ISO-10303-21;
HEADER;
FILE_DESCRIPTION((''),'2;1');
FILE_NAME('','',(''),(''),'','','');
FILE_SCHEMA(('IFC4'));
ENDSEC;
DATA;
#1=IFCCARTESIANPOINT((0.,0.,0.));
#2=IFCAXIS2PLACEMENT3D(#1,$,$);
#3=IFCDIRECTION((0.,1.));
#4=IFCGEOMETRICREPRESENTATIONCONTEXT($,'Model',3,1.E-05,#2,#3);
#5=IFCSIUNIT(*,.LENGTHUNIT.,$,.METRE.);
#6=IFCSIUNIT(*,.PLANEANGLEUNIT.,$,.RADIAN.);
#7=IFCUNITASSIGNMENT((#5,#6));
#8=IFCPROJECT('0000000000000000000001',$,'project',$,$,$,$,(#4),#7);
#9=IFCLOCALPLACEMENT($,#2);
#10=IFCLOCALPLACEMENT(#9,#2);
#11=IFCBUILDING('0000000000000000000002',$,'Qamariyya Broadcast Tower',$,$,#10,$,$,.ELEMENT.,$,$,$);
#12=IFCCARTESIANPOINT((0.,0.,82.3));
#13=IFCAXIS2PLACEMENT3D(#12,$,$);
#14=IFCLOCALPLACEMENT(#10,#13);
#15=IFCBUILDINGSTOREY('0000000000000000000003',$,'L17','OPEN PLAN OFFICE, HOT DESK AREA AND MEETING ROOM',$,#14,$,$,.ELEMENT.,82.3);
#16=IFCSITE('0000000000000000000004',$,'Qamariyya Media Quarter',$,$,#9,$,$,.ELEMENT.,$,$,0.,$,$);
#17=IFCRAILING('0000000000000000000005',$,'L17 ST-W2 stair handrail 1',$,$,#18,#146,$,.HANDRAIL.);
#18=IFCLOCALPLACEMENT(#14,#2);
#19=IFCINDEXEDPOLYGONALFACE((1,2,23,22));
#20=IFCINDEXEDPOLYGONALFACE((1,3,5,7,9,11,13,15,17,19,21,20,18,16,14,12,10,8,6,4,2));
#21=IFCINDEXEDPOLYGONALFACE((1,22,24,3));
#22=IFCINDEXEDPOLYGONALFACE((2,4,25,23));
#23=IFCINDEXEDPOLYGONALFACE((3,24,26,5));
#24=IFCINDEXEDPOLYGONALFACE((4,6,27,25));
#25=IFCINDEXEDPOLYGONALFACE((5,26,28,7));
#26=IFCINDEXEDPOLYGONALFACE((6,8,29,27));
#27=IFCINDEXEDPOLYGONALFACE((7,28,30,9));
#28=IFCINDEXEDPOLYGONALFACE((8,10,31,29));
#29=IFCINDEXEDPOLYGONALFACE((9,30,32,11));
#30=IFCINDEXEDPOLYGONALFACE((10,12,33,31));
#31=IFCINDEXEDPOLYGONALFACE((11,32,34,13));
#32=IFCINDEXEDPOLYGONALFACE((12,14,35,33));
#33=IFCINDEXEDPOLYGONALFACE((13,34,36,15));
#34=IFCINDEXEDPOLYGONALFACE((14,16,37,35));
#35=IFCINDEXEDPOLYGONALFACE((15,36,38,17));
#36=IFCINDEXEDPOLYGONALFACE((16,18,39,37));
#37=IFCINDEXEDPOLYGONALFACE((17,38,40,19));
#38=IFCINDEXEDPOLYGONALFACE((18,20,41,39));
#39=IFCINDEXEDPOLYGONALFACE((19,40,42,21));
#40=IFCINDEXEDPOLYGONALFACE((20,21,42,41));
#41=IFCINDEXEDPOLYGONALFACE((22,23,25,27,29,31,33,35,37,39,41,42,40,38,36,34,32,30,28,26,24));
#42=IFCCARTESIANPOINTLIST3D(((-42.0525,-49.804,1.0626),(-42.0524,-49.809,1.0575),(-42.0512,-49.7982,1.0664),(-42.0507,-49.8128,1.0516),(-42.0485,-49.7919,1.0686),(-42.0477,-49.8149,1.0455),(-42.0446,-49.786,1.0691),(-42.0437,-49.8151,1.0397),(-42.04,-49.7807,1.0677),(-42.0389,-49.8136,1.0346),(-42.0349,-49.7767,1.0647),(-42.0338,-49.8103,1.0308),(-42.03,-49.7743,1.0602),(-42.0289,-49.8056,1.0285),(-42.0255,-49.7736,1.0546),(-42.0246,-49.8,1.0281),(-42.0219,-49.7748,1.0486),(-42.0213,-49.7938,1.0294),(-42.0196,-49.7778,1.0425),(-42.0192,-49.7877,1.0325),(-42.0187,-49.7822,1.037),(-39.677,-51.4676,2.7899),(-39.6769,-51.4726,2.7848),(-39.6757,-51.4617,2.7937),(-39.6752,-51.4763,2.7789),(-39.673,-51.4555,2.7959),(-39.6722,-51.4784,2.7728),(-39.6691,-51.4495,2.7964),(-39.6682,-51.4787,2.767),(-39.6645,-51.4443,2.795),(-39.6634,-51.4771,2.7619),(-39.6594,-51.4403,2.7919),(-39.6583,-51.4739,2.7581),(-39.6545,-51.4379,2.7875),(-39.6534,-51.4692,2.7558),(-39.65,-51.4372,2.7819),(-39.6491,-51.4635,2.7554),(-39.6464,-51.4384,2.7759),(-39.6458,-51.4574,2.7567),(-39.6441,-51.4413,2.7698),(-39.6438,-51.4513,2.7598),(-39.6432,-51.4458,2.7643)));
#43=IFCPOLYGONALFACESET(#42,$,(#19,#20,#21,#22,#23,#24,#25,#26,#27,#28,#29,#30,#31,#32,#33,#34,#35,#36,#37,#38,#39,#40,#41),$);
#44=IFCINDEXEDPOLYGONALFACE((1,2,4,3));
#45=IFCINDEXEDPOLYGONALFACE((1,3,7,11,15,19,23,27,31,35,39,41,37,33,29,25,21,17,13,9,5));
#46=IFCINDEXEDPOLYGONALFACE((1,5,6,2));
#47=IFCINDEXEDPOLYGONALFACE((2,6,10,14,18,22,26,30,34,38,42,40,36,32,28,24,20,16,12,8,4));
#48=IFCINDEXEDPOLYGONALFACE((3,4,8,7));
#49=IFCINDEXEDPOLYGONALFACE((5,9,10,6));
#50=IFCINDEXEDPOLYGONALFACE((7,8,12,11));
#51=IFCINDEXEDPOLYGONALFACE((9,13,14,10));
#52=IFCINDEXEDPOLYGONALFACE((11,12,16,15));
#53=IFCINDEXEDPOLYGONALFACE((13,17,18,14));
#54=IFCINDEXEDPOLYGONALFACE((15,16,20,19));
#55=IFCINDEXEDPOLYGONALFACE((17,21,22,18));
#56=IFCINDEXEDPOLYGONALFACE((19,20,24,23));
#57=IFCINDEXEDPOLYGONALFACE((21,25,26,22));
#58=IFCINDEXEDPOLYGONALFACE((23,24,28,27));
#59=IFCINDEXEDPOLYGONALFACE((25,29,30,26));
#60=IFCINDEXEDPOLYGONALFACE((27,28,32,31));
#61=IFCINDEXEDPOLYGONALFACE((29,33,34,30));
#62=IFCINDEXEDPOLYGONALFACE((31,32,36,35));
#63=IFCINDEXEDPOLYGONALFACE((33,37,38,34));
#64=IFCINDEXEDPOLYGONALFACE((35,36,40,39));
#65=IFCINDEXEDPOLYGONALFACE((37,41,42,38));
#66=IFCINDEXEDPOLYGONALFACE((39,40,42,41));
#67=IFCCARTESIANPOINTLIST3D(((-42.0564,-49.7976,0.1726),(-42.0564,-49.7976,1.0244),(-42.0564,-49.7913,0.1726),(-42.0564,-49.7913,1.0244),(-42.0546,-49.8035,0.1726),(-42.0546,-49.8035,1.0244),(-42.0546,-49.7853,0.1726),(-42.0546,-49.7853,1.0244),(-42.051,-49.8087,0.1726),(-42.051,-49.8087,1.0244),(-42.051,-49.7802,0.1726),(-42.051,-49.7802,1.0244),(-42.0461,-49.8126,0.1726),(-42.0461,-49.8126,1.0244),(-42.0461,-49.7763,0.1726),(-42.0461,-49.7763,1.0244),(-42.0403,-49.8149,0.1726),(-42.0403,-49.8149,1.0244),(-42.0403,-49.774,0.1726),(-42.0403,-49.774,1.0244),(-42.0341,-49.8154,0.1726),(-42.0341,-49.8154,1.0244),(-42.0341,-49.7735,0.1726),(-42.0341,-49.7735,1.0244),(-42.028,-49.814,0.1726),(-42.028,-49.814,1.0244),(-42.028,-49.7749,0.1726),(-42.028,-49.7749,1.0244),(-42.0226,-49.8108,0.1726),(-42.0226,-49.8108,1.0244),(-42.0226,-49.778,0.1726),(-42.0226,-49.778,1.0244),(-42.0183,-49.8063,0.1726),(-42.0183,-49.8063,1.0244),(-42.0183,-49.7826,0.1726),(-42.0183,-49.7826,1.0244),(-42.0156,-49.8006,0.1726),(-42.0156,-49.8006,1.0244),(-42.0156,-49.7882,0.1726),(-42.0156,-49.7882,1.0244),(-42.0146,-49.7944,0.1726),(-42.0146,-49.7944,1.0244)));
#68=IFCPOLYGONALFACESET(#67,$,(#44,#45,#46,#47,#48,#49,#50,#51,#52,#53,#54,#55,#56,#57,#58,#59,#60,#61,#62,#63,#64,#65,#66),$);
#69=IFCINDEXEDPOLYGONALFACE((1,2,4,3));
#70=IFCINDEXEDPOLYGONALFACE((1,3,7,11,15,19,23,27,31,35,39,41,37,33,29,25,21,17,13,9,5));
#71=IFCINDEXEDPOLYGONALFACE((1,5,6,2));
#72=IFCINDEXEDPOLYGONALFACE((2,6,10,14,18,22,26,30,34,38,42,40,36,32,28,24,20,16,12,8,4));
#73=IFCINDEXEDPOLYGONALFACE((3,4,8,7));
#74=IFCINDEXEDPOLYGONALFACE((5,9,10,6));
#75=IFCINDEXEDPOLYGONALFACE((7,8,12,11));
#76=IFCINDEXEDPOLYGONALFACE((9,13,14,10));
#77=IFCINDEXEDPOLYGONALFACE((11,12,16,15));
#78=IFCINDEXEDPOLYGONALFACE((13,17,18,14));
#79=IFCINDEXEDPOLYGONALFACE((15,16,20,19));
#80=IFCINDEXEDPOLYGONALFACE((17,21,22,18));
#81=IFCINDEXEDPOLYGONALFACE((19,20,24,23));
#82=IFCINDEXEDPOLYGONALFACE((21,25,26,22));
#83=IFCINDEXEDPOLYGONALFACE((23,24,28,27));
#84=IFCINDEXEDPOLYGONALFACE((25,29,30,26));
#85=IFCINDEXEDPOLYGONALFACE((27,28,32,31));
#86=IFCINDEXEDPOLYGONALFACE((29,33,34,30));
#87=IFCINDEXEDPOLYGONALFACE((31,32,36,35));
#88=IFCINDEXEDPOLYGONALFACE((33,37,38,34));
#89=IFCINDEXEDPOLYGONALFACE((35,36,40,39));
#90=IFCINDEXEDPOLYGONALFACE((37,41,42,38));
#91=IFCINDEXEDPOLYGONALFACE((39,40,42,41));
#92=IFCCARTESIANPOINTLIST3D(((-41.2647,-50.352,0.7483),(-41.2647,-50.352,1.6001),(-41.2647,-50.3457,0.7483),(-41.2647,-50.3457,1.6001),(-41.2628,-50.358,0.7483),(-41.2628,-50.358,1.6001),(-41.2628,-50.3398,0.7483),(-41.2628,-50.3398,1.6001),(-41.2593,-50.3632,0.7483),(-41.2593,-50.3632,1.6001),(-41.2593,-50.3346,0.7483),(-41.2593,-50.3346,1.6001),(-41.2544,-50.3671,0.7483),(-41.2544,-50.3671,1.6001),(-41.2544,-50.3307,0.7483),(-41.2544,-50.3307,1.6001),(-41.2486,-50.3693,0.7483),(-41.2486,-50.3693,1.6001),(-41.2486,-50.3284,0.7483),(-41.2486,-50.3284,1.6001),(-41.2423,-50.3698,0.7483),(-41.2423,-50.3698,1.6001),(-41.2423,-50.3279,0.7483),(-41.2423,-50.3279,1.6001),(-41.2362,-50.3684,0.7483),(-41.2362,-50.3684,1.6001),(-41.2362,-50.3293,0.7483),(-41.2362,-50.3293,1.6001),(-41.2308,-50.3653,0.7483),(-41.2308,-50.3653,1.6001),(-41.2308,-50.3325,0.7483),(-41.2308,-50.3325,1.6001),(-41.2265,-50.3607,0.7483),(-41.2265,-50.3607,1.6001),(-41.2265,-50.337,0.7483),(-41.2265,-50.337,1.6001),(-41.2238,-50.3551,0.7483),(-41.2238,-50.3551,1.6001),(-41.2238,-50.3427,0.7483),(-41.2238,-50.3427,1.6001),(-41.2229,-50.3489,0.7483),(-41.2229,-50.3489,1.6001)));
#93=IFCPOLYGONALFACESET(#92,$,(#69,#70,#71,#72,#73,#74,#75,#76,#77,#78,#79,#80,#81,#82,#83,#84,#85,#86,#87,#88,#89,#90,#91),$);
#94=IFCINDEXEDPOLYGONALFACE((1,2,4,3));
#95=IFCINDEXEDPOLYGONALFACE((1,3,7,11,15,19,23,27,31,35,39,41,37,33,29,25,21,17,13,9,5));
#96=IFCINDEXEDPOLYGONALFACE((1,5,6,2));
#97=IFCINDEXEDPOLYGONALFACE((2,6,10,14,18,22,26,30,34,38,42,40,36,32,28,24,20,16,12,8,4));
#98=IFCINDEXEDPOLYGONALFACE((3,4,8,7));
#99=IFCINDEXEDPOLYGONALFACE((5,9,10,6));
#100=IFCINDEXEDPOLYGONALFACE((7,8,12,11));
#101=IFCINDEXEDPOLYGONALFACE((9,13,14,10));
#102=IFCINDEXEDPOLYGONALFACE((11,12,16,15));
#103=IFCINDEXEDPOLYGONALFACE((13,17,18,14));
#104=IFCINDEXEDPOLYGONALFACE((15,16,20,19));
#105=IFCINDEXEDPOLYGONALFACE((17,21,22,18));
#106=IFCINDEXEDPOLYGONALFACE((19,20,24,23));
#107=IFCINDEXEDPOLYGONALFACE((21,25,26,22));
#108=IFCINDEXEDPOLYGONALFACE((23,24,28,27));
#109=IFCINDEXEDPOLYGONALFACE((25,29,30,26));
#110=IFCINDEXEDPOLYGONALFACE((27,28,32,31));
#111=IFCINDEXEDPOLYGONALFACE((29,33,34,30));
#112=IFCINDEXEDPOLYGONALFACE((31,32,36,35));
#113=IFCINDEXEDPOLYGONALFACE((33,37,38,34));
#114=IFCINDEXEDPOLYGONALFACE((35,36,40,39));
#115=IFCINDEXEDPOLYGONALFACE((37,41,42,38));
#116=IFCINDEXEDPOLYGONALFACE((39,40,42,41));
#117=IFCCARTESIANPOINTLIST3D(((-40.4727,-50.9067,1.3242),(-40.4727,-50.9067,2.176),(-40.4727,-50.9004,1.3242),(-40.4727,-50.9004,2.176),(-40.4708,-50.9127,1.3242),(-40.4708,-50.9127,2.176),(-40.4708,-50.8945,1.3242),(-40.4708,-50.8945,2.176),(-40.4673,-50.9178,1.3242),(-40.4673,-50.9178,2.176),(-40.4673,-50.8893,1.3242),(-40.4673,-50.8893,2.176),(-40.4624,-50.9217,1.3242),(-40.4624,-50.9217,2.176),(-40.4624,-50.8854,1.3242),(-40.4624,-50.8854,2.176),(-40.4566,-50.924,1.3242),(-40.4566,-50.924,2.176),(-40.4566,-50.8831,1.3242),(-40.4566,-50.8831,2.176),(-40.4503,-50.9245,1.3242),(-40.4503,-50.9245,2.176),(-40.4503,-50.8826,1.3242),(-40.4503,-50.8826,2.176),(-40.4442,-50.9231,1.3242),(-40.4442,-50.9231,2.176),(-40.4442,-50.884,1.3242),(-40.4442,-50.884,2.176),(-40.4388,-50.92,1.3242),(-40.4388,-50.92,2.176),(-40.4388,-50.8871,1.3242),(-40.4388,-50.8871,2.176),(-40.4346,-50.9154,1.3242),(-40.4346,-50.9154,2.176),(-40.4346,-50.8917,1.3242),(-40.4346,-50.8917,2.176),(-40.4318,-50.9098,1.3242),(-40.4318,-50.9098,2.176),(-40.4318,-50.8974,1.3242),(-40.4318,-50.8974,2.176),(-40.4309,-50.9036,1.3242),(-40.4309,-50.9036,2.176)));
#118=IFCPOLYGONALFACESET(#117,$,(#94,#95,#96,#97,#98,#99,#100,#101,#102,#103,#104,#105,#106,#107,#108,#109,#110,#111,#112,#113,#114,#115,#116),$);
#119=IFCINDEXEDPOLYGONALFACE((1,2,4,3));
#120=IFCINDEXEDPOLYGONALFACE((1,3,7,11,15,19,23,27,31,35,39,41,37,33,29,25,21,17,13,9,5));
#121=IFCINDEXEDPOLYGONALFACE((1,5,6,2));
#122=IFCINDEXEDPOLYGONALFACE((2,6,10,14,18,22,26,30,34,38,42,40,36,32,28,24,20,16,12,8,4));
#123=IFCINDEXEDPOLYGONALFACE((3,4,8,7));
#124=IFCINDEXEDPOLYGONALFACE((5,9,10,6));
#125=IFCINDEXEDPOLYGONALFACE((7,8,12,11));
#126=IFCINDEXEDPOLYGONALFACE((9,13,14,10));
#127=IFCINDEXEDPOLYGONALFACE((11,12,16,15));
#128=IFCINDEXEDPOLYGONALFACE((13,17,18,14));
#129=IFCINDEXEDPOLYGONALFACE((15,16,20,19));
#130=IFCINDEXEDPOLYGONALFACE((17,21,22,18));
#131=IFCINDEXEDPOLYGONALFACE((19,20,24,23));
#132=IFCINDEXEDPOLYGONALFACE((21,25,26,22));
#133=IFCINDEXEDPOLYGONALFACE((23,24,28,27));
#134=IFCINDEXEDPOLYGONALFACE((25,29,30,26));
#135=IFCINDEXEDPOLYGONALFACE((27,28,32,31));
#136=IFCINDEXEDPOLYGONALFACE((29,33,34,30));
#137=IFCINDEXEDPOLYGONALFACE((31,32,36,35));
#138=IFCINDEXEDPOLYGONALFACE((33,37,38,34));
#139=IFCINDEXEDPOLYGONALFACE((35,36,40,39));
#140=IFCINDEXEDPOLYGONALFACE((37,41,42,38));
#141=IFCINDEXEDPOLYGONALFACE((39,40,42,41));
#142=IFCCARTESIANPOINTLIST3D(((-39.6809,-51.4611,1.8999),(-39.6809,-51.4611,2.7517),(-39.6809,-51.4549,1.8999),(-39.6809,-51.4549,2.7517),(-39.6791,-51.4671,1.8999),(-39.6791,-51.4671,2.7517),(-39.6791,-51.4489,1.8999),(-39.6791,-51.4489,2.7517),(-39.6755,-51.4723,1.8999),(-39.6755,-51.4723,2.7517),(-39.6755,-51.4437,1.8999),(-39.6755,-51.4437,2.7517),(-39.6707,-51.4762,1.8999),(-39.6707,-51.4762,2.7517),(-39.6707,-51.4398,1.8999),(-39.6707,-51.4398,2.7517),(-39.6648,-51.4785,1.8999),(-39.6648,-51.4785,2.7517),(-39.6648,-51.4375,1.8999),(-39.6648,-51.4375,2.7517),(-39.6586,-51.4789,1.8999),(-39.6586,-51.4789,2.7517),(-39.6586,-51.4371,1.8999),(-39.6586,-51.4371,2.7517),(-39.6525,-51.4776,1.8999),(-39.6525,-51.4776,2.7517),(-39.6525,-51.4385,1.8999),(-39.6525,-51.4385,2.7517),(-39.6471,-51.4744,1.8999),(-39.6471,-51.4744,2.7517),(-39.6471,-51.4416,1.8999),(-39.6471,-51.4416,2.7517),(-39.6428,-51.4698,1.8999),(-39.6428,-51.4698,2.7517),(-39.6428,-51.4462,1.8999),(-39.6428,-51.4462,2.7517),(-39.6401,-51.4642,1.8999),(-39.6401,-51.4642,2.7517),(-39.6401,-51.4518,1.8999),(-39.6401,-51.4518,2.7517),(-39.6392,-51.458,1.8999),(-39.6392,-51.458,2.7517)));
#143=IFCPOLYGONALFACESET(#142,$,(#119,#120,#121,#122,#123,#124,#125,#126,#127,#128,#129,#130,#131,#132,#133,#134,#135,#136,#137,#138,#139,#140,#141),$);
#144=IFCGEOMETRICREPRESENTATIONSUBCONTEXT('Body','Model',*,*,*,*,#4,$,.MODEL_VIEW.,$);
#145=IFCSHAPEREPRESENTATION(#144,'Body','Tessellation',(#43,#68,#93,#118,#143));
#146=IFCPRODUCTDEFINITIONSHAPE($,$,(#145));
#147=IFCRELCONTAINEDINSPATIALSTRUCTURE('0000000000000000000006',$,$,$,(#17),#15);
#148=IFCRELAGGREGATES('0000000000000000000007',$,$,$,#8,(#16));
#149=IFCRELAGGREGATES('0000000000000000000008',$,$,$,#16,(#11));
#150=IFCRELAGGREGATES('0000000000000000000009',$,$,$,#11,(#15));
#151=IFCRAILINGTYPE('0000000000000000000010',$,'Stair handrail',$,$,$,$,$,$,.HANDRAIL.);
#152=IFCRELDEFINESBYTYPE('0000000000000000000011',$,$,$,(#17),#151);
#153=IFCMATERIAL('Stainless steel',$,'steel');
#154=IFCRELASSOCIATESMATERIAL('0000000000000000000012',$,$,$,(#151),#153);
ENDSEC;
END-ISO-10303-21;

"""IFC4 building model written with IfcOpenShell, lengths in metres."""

from ifc_helpers import new_model, si_unit, direction, frame, origin, origin_2d, place, context, subcontext, project, spatial, circle, extrude, material, type_object, element, save


model = new_model("IFC4")

# Units and contexts
model_context = context("Model", 3, precision=1e-05, world=origin(), true_north=direction((0.0, 1.0)))
body_context = subcontext(model_context, "Body", "Model", "MODEL_VIEW")
ifc_project = project(units=[si_unit("LENGTHUNIT", "METRE"), si_unit("PLANEANGLEUNIT", "RADIAN")], contexts=[model_context])

# Site, building, storey
site_placement = place(None, origin())
site = spatial("IfcSite", under=ifc_project, at=site_placement, Name="Qamariyya Media Quarter", CompositionType="ELEMENT", RefElevation=0.0)
building_placement = place(site_placement, origin())
building = spatial("IfcBuilding", under=site, at=building_placement, Name="Qamariyya Broadcast Tower", CompositionType="ELEMENT")
storey_placement = place(building_placement, frame((0.0, 0.0, 82.3)))
storey = spatial("IfcBuildingStorey", under=building, at=storey_placement, Name="L17", Description="OPEN PLAN OFFICE, HOT DESK AREA AND MEETING ROOM", CompositionType="ELEMENT", Elevation=82.3)

# Railing
ifc_material_1 = material(Name="Stainless steel", Category="steel")
railing_type_1 = type_object("IfcRailingType", Name="Stair handrail", PredefinedType="HANDRAIL", material=ifc_material_1)
railing_1_placement = place(storey_placement, frame((-42.0356, -49.7944, 0.1726)))
element("IfcRailing", 1, at=railing_1_placement, inside=storey, type_object=railing_type_1, Name="L17 ST-W2 stair handrail 1", PredefinedType="HANDRAIL", context=body_context, shape_type="SweptSolid", body=[
    extrude(circle(Radius=0.0239, at=origin_2d()), frame((0.0, 0.0, 0.876), z_axis=(0.703745, -0.492838, 0.511716), x_axis=(0.573632, 0.819113, 0.0)), (0.0, 0.0, 1.0), 3.3755),
    extrude(circle(Radius=0.021, at=origin_2d()), origin(), (0.0, 0.0, 1.0), 0.8518),
    extrude(circle(Radius=0.021, at=origin_2d()), frame((0.7917, -0.5544, 0.5757)), (0.0, 0.0, 1.0), 0.8518),
    extrude(circle(Radius=0.021, at=origin_2d()), frame((1.5837, -1.1091, 1.1516)), (0.0, 0.0, 1.0), 0.8518),
    extrude(circle(Radius=0.021, at=origin_2d()), frame((2.3755, -1.6636, 1.7273)), (0.0, 0.0, 1.0), 0.8518),
])

save(model, "model.ifc")
